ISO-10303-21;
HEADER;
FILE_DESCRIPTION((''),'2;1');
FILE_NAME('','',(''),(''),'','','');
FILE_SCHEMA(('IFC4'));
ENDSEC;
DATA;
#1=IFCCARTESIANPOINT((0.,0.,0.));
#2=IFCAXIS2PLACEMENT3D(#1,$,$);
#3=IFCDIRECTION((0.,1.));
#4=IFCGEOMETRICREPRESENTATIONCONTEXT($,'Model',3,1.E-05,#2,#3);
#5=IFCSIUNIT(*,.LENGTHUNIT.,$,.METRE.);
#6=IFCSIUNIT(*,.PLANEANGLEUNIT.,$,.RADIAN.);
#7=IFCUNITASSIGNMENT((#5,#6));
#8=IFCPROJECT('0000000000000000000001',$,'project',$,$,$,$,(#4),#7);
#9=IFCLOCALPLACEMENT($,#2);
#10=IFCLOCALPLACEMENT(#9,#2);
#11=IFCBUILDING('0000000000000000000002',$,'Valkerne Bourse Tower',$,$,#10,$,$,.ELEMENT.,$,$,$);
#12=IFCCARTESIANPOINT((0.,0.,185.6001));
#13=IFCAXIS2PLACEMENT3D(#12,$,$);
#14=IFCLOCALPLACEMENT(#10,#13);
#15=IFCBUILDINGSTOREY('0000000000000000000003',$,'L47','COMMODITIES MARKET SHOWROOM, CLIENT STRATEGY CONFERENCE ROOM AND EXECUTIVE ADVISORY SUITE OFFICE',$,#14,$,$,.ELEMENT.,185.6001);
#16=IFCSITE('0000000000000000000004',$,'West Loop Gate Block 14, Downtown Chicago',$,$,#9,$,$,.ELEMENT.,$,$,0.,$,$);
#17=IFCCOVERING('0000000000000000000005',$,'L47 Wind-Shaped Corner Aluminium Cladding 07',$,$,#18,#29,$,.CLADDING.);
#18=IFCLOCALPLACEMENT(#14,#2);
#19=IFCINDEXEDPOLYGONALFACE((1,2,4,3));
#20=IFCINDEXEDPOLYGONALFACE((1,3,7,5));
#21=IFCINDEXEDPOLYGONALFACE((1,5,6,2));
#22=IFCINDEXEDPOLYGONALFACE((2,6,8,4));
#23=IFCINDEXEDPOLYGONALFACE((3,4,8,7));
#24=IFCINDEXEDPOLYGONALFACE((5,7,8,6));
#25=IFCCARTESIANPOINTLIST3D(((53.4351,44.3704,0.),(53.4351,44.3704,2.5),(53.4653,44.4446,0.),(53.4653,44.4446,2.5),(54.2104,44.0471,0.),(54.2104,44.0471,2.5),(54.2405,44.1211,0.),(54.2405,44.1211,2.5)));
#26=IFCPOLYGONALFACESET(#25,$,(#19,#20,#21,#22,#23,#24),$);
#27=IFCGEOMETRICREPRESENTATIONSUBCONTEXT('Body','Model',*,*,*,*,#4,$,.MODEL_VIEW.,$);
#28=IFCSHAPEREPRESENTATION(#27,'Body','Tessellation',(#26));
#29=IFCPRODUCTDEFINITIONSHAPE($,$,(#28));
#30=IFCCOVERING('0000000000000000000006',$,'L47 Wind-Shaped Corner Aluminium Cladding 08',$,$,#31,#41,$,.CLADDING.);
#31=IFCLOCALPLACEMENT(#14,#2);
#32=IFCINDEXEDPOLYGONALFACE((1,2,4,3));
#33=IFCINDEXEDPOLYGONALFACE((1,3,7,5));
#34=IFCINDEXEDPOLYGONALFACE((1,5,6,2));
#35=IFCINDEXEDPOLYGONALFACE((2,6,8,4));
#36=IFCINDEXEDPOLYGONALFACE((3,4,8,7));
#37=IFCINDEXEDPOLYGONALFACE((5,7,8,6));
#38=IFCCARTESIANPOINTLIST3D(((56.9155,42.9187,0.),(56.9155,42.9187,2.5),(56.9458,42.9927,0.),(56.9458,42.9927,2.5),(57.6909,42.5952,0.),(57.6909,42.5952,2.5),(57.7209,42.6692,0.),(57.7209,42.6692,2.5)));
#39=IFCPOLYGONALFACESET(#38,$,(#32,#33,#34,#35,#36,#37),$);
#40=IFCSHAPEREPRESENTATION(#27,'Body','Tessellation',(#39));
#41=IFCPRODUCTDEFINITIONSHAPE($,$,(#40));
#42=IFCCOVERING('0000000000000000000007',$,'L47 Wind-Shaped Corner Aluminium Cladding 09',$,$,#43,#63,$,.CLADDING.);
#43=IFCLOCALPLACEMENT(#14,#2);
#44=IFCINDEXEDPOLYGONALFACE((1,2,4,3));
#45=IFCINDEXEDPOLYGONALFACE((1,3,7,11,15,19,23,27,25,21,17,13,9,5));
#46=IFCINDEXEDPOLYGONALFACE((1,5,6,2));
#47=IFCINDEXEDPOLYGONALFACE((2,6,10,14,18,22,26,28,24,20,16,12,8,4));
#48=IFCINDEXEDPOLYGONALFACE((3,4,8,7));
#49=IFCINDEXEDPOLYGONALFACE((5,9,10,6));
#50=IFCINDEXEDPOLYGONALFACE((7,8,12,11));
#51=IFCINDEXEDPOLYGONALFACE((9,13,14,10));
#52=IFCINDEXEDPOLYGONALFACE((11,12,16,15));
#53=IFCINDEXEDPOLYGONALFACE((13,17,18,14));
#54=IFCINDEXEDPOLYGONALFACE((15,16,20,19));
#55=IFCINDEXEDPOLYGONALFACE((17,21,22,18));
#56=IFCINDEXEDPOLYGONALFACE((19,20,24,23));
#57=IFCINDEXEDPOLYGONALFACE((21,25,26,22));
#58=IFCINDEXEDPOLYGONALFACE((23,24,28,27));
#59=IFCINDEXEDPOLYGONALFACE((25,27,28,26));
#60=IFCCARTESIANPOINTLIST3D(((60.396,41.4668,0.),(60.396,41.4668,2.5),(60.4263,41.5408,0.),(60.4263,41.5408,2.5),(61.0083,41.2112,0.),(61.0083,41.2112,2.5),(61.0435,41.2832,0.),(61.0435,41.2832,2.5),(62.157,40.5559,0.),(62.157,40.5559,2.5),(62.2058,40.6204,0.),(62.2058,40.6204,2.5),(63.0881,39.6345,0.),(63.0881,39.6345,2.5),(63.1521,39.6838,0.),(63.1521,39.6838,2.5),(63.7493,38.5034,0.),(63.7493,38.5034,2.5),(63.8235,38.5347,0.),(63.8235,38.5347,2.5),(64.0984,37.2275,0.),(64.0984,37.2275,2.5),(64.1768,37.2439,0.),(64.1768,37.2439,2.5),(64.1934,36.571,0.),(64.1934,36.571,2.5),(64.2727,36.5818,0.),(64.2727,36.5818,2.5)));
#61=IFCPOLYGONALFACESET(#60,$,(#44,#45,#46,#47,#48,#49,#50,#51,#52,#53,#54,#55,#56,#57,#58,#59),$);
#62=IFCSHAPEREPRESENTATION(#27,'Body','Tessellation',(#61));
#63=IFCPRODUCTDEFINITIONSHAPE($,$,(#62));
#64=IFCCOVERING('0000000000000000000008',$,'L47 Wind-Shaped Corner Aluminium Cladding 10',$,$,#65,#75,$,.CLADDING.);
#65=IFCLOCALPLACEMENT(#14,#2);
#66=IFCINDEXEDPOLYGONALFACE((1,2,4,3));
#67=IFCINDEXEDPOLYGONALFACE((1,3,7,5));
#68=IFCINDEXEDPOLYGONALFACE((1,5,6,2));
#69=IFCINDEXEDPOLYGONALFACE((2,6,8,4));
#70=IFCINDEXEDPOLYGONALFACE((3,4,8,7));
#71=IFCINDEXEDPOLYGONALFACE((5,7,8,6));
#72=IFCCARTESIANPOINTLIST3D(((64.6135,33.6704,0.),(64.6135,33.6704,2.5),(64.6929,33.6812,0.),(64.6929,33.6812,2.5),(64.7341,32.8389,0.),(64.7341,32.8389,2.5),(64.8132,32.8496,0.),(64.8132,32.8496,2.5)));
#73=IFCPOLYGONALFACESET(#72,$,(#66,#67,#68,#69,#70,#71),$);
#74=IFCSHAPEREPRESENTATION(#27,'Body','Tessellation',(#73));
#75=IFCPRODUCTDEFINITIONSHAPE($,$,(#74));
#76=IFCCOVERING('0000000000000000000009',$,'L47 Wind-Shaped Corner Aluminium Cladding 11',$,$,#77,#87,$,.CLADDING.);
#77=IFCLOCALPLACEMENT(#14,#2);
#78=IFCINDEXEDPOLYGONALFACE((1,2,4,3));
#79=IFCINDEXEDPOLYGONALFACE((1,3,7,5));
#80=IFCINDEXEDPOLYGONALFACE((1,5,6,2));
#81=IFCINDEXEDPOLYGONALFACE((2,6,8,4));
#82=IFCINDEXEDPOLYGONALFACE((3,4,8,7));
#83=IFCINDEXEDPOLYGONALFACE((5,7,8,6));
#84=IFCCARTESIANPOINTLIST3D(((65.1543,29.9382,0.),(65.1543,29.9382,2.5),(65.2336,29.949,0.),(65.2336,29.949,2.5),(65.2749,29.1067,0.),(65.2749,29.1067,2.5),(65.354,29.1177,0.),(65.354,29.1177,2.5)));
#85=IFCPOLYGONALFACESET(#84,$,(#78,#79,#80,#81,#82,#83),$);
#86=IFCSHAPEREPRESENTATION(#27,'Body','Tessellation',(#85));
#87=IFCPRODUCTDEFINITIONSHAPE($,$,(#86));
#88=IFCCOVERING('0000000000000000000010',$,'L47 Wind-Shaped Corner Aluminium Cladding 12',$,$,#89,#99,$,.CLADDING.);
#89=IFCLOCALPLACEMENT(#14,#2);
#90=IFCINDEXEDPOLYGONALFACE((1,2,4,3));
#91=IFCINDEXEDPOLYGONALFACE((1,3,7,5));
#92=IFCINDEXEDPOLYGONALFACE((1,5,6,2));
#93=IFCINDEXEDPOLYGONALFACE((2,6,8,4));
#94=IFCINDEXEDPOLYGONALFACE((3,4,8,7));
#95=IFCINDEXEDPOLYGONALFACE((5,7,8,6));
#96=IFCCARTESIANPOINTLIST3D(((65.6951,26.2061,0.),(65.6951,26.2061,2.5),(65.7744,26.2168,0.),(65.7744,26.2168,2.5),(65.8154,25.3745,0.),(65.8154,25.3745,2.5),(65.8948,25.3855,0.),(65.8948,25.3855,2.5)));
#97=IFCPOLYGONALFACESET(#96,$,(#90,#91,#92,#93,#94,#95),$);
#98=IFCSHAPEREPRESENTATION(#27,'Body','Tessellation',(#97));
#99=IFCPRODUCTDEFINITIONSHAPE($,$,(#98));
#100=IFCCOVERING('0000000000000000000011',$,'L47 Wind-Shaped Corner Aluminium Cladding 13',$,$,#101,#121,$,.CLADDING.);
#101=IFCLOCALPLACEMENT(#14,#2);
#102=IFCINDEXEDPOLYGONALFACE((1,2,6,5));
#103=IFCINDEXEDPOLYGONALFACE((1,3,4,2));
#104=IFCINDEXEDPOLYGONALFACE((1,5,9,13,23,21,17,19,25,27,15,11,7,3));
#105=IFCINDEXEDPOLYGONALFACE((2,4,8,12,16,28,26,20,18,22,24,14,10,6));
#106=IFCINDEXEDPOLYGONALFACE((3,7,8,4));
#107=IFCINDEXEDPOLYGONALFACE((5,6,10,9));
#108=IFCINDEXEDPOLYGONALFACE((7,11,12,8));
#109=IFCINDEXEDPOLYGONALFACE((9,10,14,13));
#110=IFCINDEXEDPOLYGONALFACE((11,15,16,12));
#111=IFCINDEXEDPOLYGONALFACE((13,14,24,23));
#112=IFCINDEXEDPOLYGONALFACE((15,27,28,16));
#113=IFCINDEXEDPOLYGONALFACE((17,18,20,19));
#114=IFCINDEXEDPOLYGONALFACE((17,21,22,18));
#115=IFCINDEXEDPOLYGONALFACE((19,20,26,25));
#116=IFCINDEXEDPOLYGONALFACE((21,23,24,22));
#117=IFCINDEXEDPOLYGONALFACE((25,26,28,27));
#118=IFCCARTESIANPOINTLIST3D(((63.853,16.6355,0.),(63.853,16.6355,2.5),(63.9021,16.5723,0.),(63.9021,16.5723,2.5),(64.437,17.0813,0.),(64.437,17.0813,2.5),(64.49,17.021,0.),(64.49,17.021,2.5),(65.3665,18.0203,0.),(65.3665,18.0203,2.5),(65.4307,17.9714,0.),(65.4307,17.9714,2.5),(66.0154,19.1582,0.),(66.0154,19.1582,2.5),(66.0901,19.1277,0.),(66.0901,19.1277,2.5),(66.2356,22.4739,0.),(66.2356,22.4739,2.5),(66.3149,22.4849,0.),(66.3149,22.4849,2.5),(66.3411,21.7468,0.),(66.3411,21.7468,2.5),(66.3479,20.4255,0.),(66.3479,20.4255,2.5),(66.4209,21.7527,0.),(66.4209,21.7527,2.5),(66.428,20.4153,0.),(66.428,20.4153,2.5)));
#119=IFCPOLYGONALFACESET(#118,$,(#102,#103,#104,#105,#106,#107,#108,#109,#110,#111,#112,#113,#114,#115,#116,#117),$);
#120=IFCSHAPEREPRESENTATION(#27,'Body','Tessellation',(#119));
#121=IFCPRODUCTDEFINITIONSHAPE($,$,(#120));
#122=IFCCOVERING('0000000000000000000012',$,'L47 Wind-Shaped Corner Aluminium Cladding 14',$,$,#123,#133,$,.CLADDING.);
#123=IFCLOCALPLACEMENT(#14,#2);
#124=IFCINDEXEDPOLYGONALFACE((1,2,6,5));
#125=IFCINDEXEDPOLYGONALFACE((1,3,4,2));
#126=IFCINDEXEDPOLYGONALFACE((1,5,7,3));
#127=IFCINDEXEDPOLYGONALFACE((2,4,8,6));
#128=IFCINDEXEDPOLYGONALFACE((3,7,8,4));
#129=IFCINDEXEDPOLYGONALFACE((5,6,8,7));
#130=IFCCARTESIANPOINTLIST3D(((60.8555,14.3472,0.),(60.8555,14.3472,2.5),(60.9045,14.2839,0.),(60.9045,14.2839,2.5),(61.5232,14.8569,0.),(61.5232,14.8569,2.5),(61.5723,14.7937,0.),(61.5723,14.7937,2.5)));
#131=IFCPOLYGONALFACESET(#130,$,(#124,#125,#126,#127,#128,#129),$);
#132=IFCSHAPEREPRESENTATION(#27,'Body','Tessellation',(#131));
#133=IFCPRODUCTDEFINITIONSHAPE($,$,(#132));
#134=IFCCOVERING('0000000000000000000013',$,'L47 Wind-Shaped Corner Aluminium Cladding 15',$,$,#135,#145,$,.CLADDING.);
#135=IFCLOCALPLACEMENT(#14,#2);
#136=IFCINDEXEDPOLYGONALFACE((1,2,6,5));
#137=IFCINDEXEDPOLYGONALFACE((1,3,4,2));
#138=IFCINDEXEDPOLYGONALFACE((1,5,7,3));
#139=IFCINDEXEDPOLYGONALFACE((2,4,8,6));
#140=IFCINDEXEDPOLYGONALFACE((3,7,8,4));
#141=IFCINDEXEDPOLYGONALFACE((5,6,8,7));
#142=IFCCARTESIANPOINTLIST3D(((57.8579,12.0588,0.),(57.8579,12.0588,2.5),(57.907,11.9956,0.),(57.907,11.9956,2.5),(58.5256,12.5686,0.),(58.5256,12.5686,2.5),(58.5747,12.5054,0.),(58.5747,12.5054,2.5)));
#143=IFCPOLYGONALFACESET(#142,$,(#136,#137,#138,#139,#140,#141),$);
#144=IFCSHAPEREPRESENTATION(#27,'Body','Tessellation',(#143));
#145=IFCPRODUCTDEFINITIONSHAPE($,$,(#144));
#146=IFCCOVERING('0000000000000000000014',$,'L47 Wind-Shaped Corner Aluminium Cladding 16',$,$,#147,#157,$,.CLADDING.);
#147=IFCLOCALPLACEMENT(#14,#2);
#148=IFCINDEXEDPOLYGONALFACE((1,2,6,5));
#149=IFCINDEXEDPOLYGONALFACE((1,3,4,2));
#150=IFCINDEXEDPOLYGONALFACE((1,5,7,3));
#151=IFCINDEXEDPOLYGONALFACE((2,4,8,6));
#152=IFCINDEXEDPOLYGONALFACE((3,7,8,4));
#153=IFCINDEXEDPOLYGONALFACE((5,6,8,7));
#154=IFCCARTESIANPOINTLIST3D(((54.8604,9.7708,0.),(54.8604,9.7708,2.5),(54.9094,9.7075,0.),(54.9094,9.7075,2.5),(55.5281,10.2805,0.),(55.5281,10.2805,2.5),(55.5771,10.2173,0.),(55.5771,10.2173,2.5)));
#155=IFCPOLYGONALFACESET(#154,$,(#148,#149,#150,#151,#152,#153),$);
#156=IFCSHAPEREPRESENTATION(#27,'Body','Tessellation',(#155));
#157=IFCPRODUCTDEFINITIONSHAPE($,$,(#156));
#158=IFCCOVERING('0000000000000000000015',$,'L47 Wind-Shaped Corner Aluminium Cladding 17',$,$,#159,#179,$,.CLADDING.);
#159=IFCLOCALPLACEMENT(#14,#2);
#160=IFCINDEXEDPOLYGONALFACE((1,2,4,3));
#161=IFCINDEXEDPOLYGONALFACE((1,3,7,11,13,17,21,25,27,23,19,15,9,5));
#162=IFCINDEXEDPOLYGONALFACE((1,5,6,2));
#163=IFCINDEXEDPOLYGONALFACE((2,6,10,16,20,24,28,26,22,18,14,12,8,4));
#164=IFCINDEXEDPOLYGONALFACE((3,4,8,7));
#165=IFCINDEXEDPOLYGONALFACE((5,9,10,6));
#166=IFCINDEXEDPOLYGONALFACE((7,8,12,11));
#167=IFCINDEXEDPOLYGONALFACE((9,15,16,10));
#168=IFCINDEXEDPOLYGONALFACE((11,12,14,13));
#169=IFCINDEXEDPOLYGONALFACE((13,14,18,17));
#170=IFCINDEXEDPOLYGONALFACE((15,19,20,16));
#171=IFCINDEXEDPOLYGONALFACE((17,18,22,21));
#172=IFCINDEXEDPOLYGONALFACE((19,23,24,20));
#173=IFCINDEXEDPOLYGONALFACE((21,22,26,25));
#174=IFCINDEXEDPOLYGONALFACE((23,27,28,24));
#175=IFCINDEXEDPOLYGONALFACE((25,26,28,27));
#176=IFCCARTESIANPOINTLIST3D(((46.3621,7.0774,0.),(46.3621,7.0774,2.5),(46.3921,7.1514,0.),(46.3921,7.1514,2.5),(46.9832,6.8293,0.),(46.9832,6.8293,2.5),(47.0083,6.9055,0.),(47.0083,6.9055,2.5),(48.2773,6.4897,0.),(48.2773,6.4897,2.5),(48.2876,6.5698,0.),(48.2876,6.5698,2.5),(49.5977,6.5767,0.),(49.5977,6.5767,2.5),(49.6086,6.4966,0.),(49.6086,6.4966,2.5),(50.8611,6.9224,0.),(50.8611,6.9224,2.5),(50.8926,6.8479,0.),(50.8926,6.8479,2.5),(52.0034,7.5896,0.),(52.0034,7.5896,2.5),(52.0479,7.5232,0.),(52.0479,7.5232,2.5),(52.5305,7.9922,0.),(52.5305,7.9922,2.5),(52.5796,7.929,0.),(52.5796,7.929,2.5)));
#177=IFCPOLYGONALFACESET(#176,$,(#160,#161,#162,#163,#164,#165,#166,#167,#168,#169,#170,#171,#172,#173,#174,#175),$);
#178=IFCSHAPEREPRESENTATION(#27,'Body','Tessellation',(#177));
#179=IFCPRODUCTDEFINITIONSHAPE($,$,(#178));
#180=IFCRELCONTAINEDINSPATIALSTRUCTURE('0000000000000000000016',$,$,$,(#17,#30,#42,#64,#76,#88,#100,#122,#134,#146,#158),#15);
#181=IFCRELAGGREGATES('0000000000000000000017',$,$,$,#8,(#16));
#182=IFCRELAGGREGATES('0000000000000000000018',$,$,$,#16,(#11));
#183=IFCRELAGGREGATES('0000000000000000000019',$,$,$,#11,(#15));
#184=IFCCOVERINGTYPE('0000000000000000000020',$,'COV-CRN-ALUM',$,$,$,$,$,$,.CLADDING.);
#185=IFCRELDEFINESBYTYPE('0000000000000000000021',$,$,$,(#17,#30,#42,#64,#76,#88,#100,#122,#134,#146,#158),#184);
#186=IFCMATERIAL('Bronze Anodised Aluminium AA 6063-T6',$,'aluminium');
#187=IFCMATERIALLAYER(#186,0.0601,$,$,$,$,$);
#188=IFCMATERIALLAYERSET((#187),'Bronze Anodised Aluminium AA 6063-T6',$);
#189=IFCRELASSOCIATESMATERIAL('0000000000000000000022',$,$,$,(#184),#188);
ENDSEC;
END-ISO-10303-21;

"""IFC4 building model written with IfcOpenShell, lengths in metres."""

from ifc_helpers import new_model, si_unit, direction, frame, origin, place, context, subcontext, project, spatial, polyline, outline, extrude, material, layer, layer_set, type_object, element, save


model = new_model("IFC4")

# Units and contexts
model_context = context("Model", 3, precision=1e-05, world=origin(), true_north=direction((0.0, 1.0)))
body_context = subcontext(model_context, "Body", "Model", "MODEL_VIEW")
ifc_project = project(units=[si_unit("LENGTHUNIT", "METRE"), si_unit("PLANEANGLEUNIT", "RADIAN")], contexts=[model_context])

# Site, building, storey
site_placement = place(None, origin())
site = spatial("IfcSite", under=ifc_project, at=site_placement, Name="West Loop Gate Block 14, Downtown Chicago", CompositionType="ELEMENT", RefElevation=0.0)
building_placement = place(site_placement, origin())
building = spatial("IfcBuilding", under=site, at=building_placement, Name="Valkerne Bourse Tower", CompositionType="ELEMENT")
storey_placement = place(building_placement, frame((0.0, 0.0, 185.6001)))
storey = spatial("IfcBuildingStorey", under=building, at=storey_placement, Name="L47", Description="COMMODITIES MARKET SHOWROOM, CLIENT STRATEGY CONFERENCE ROOM AND EXECUTIVE ADVISORY SUITE OFFICE", CompositionType="ELEMENT", Elevation=185.6001)

# Coverings
ifc_material_1 = material(Name="Bronze Anodised Aluminium AA 6063-T6", Category="aluminium")
ifc_layer_1 = layer(ifc_material_1, 0.0601)
ifc_layer_set_1 = layer_set([ifc_layer_1], Name="Bronze Anodised Aluminium AA 6063-T6")
covering_type = type_object("IfcCoveringType", Name="COV-CRN-ALUM", PredefinedType="CLADDING", material=ifc_layer_set_1)
covering_1_placement = place(storey_placement, origin())
element("IfcCovering", 1, at=covering_1_placement, inside=storey, type_object=covering_type, Name="L47 Wind-Shaped Corner Aluminium Cladding 07", PredefinedType="CLADDING", context=body_context, shape_type="SweptSolid", body=[
    extrude(outline(polyline([(54.2405, 44.1211), (54.2104, 44.0471), (53.4351, 44.3704), (53.4653, 44.4446), (54.2405, 44.1211)])), origin(), (0.0, 0.0, 1.0), 2.5),
])
covering_2_placement = place(storey_placement, origin())
element("IfcCovering", 2, at=covering_2_placement, inside=storey, type_object=covering_type, Name="L47 Wind-Shaped Corner Aluminium Cladding 08", PredefinedType="CLADDING", context=body_context, shape_type="SweptSolid", body=[
    extrude(outline(polyline([(57.7209, 42.6692), (57.6909, 42.5952), (56.9155, 42.9187), (56.9458, 42.9927), (57.7209, 42.6692)])), origin(), (0.0, 0.0, 1.0), 2.5),
])
covering_3_placement = place(storey_placement, origin())
element("IfcCovering", 3, at=covering_3_placement, inside=storey, type_object=covering_type, Name="L47 Wind-Shaped Corner Aluminium Cladding 09", PredefinedType="CLADDING", context=body_context, shape_type="SweptSolid", body=[
    extrude(outline(polyline([(61.0435, 41.2832), (62.2058, 40.6204), (63.1521, 39.6838), (63.8235, 38.5347), (64.1768, 37.2439), (64.2727, 36.5818), (64.1934, 36.571), (64.0984, 37.2275), (63.7493, 38.5034), (63.0881, 39.6345), (62.157, 40.5559), (61.0083, 41.2112), (60.396, 41.4668), (60.4263, 41.5408), (61.0435, 41.2832)])), origin(), (0.0, 0.0, 1.0), 2.5),
])
covering_4_placement = place(storey_placement, origin())
element("IfcCovering", 4, at=covering_4_placement, inside=storey, type_object=covering_type, Name="L47 Wind-Shaped Corner Aluminium Cladding 10", PredefinedType="CLADDING", context=body_context, shape_type="SweptSolid", body=[
    extrude(outline(polyline([(64.8132, 32.8496), (64.7341, 32.8389), (64.6135, 33.6704), (64.6929, 33.6812), (64.8132, 32.8496)])), origin(), (0.0, 0.0, 1.0), 2.5),
])
covering_5_placement = place(storey_placement, origin())
element("IfcCovering", 5, at=covering_5_placement, inside=storey, type_object=covering_type, Name="L47 Wind-Shaped Corner Aluminium Cladding 11", PredefinedType="CLADDING", context=body_context, shape_type="SweptSolid", body=[
    extrude(outline(polyline([(65.354, 29.1177), (65.2749, 29.1067), (65.1543, 29.9382), (65.2336, 29.949), (65.354, 29.1177)])), origin(), (0.0, 0.0, 1.0), 2.5),
])
covering_6_placement = place(storey_placement, origin())
element("IfcCovering", 6, at=covering_6_placement, inside=storey, type_object=covering_type, Name="L47 Wind-Shaped Corner Aluminium Cladding 12", PredefinedType="CLADDING", context=body_context, shape_type="SweptSolid", body=[
    extrude(outline(polyline([(65.8948, 25.3855), (65.8154, 25.3745), (65.6951, 26.2061), (65.7744, 26.2168), (65.8948, 25.3855)])), origin(), (0.0, 0.0, 1.0), 2.5),
])
covering_7_placement = place(storey_placement, origin())
element("IfcCovering", 7, at=covering_7_placement, inside=storey, type_object=covering_type, Name="L47 Wind-Shaped Corner Aluminium Cladding 13", PredefinedType="CLADDING", context=body_context, shape_type="SweptSolid", body=[
    extrude(outline(polyline([(66.4209, 21.7527), (66.428, 20.4153), (66.0901, 19.1277), (65.4307, 17.9714), (64.49, 17.021), (63.9021, 16.5723), (63.853, 16.6355), (64.437, 17.0813), (65.3665, 18.0203), (66.0154, 19.1582), (66.3479, 20.4255), (66.3411, 21.7468), (66.2356, 22.4739), (66.3149, 22.4849), (66.4209, 21.7527)])), origin(), (0.0, 0.0, 1.0), 2.5),
])
covering_8_placement = place(storey_placement, origin())
element("IfcCovering", 8, at=covering_8_placement, inside=storey, type_object=covering_type, Name="L47 Wind-Shaped Corner Aluminium Cladding 14", PredefinedType="CLADDING", context=body_context, shape_type="SweptSolid", body=[
    extrude(outline(polyline([(60.9045, 14.2839), (60.8555, 14.3472), (61.5232, 14.8569), (61.5723, 14.7937), (60.9045, 14.2839)])), origin(), (0.0, 0.0, 1.0), 2.5),
])
covering_9_placement = place(storey_placement, origin())
element("IfcCovering", 9, at=covering_9_placement, inside=storey, type_object=covering_type, Name="L47 Wind-Shaped Corner Aluminium Cladding 15", PredefinedType="CLADDING", context=body_context, shape_type="SweptSolid", body=[
    extrude(outline(polyline([(57.907, 11.9956), (57.8579, 12.0588), (58.5256, 12.5686), (58.5747, 12.5054), (57.907, 11.9956)])), origin(), (0.0, 0.0, 1.0), 2.5),
])
covering_10_placement = place(storey_placement, origin())
element("IfcCovering", 10, at=covering_10_placement, inside=storey, type_object=covering_type, Name="L47 Wind-Shaped Corner Aluminium Cladding 16", PredefinedType="CLADDING", context=body_context, shape_type="SweptSolid", body=[
    extrude(outline(polyline([(54.9094, 9.7075), (54.8604, 9.7708), (55.5281, 10.2805), (55.5771, 10.2173), (54.9094, 9.7075)])), origin(), (0.0, 0.0, 1.0), 2.5),
])
covering_11_placement = place(storey_placement, origin())
element("IfcCovering", 11, at=covering_11_placement, inside=storey, type_object=covering_type, Name="L47 Wind-Shaped Corner Aluminium Cladding 17", PredefinedType="CLADDING", context=body_context, shape_type="SweptSolid", body=[
    extrude(outline(polyline([(52.0479, 7.5232), (50.8926, 6.8479), (49.6086, 6.4966), (48.2773, 6.4897), (46.9832, 6.8293), (46.3621, 7.0774), (46.3921, 7.1514), (47.0083, 6.9055), (48.2876, 6.5698), (49.5977, 6.5767), (50.8611, 6.9224), (52.0034, 7.5896), (52.5305, 7.9922), (52.5796, 7.929), (52.0479, 7.5232)])), origin(), (0.0, 0.0, 1.0), 2.5),
])

save(model, "model.ifc")
